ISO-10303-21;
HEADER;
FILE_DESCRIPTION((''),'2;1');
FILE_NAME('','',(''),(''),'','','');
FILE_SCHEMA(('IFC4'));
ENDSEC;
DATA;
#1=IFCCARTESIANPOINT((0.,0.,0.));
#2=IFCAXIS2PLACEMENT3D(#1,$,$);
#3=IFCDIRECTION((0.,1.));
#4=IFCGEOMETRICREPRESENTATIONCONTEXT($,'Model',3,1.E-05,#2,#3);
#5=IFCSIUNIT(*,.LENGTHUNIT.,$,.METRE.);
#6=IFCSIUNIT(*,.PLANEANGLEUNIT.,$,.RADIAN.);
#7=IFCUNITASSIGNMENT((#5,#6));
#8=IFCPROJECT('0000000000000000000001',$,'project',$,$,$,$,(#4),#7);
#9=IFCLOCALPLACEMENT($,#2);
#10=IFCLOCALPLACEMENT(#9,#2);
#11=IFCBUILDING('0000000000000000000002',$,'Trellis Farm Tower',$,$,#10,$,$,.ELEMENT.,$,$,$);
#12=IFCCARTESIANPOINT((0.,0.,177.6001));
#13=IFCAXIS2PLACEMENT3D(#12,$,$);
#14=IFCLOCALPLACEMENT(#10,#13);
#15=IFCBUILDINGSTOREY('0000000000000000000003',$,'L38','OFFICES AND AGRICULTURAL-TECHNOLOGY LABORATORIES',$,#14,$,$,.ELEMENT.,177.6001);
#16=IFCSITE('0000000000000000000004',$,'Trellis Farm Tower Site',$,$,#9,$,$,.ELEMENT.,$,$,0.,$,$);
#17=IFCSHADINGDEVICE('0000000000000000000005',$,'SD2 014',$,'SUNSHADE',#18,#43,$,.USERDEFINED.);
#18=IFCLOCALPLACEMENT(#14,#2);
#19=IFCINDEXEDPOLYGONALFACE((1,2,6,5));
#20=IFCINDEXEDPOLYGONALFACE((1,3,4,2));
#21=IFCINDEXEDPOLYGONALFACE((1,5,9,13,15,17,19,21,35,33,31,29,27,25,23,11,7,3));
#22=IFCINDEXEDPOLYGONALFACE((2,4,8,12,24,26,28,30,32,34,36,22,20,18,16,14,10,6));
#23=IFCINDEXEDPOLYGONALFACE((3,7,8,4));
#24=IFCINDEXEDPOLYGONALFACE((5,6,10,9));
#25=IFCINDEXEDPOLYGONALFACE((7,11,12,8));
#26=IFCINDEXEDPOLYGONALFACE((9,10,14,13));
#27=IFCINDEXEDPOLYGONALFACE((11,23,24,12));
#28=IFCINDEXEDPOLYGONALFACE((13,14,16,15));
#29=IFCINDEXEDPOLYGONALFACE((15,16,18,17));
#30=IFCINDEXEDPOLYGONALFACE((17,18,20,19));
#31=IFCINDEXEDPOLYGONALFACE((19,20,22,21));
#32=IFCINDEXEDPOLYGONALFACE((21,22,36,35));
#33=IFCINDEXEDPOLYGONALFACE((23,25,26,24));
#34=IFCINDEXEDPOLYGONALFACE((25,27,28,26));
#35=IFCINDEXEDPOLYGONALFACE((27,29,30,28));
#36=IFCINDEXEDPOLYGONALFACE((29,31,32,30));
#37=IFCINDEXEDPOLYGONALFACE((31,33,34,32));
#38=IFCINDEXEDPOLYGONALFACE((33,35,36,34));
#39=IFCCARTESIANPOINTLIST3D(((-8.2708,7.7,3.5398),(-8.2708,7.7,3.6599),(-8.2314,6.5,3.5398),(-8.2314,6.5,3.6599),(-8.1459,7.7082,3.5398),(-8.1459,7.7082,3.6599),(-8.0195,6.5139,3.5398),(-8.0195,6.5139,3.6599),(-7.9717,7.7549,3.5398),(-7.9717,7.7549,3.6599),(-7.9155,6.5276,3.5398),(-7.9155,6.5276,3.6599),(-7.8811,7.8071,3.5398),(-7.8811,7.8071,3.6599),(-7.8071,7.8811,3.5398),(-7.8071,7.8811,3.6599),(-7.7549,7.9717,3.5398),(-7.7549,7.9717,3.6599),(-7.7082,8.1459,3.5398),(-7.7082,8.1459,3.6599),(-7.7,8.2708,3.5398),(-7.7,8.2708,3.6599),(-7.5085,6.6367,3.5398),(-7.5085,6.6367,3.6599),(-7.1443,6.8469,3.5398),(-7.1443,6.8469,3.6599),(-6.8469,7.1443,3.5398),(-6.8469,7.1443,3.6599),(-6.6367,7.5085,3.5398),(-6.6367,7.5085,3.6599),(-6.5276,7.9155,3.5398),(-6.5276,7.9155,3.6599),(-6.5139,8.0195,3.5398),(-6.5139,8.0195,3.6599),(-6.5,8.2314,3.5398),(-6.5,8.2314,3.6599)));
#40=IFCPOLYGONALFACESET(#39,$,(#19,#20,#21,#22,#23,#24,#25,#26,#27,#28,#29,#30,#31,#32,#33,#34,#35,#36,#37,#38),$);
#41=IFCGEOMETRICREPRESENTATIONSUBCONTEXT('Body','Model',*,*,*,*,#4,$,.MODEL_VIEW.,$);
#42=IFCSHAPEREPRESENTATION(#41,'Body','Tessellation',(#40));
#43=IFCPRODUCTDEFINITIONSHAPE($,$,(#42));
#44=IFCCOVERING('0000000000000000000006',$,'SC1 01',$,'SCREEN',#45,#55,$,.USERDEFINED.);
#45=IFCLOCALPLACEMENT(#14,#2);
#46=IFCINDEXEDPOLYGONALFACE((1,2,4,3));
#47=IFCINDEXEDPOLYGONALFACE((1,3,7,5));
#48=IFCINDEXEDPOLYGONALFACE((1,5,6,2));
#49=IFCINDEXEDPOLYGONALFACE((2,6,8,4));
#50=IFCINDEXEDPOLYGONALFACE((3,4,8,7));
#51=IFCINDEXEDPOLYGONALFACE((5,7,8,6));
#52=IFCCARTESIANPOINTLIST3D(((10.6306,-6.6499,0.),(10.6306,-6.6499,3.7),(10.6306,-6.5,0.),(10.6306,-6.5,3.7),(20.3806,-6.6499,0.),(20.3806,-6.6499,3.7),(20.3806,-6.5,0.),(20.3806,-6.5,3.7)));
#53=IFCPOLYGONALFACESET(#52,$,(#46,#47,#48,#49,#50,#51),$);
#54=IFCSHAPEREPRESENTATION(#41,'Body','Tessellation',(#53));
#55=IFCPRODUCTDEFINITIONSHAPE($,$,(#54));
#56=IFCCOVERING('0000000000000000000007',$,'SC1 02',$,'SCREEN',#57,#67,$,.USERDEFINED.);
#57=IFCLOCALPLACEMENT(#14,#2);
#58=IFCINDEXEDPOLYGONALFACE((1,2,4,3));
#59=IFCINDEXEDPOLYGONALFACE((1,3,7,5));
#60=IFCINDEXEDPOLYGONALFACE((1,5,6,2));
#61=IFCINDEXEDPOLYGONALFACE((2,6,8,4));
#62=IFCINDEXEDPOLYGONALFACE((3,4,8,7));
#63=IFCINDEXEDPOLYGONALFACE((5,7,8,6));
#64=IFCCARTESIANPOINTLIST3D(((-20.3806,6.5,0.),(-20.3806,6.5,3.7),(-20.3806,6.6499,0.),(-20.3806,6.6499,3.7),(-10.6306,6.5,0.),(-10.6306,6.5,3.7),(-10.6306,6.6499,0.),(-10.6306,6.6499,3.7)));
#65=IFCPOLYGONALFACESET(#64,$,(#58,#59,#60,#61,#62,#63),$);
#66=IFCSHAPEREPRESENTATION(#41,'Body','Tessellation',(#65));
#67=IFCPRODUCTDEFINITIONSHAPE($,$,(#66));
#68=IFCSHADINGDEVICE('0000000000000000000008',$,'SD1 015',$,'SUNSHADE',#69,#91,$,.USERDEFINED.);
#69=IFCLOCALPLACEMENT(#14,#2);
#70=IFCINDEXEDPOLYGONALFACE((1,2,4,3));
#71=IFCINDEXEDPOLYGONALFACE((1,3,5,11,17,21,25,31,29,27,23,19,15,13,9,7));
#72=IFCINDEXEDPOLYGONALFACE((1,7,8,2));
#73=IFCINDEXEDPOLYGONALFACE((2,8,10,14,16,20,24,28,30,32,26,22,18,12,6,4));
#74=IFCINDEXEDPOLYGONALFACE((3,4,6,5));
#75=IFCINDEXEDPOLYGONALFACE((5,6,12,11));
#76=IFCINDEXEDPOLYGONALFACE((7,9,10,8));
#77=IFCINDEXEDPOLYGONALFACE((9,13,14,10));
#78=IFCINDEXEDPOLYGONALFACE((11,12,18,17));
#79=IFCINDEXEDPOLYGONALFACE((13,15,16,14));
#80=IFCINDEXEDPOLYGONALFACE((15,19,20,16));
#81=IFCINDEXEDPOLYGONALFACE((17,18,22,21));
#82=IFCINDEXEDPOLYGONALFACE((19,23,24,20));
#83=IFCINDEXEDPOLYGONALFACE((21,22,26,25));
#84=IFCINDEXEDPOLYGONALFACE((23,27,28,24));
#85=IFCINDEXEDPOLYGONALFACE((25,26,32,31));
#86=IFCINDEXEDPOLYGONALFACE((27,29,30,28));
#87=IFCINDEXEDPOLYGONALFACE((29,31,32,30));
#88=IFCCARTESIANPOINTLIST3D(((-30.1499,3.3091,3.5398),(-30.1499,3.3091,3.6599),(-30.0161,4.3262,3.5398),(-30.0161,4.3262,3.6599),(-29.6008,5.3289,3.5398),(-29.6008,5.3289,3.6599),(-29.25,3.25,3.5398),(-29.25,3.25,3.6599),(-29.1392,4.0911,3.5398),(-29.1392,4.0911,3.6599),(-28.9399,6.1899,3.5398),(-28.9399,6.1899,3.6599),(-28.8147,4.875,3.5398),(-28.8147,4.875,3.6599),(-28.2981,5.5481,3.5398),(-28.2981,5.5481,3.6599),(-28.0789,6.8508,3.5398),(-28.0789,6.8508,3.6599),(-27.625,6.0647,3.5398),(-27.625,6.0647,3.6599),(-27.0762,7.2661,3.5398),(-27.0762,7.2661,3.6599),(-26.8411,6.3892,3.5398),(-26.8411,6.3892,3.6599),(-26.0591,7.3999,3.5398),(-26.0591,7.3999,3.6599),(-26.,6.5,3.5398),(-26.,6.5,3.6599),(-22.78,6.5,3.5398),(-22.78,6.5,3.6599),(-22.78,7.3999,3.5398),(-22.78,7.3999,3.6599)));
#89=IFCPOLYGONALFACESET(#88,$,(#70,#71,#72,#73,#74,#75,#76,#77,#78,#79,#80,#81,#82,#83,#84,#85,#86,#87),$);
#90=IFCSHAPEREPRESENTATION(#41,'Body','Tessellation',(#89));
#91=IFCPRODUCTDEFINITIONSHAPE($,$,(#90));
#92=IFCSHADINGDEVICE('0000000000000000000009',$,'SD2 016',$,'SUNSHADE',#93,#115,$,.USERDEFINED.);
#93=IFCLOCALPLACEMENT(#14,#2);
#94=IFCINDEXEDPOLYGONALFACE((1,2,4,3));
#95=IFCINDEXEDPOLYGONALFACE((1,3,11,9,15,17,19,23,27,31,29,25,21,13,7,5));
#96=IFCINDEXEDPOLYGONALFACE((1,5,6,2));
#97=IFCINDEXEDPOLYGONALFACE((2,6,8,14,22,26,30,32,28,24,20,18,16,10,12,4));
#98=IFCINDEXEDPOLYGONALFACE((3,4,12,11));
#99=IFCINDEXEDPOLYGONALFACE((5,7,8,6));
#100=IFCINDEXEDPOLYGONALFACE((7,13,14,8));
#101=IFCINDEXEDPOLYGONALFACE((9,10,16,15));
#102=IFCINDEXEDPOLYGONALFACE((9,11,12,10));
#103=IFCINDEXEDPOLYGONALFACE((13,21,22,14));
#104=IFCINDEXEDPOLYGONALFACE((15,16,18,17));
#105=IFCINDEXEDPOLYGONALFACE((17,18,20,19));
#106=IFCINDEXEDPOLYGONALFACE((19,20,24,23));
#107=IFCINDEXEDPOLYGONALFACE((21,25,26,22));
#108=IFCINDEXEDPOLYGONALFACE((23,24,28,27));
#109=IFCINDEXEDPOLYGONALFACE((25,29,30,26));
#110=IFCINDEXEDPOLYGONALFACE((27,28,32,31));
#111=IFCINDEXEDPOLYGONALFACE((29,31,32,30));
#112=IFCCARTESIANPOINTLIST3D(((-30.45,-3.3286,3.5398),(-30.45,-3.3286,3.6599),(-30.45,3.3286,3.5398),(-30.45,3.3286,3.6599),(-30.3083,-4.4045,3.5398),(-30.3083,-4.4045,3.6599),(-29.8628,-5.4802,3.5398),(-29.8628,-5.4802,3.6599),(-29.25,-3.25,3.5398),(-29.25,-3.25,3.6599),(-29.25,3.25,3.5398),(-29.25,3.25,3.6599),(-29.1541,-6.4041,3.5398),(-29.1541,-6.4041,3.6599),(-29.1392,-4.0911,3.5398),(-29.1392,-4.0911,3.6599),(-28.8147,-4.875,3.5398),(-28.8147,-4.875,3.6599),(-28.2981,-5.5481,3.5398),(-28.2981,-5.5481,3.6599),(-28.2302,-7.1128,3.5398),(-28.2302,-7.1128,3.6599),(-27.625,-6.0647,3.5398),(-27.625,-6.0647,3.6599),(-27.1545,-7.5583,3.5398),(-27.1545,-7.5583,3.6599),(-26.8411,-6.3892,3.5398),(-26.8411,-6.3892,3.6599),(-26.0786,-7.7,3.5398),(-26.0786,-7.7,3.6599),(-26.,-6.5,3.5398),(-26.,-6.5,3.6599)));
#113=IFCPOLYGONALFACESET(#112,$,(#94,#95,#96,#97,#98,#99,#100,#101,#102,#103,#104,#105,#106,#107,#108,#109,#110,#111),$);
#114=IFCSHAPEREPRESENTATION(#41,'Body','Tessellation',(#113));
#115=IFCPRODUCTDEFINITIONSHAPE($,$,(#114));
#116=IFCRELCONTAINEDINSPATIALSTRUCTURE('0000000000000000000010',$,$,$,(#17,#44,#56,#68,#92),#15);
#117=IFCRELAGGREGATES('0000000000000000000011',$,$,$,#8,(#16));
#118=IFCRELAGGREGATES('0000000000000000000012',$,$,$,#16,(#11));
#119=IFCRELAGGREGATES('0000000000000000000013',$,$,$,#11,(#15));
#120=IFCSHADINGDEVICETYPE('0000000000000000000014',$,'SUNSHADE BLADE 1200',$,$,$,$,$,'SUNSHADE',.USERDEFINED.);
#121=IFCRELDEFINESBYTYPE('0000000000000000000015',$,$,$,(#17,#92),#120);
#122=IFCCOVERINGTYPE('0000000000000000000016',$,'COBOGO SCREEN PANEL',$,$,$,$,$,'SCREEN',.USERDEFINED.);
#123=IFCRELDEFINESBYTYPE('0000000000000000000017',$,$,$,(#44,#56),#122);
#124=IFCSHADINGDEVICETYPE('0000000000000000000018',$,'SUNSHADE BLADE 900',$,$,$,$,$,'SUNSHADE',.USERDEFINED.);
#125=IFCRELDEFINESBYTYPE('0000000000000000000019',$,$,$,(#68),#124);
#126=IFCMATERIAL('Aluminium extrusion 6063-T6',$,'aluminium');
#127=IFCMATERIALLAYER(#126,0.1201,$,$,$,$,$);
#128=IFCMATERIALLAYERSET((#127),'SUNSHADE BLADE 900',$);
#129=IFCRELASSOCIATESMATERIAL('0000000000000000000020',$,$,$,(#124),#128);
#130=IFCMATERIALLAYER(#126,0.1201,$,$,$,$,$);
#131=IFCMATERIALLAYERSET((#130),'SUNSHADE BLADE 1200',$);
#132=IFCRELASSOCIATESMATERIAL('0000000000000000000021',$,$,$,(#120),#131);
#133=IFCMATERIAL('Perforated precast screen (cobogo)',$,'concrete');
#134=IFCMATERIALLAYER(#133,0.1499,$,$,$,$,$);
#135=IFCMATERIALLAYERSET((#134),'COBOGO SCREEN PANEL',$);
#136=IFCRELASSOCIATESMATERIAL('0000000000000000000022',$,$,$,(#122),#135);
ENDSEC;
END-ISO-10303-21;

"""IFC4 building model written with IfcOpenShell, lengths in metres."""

from ifc_helpers import new_model, si_unit, direction, frame, origin, place, context, subcontext, project, spatial, polyline, outline, extrude, source, transform, mapped, material, layer, layer_set, type_object, element, save


model = new_model("IFC4")

# Units and contexts
model_context = context("Model", 3, precision=1e-05, world=origin(), true_north=direction((0.0, 1.0)))
body_context = subcontext(model_context, "Body", "Model", "MODEL_VIEW")
ifc_project = project(units=[si_unit("LENGTHUNIT", "METRE"), si_unit("PLANEANGLEUNIT", "RADIAN")], contexts=[model_context])

# Site, building, storey
site_placement = place(None, origin())
site = spatial("IfcSite", under=ifc_project, at=site_placement, Name="Trellis Farm Tower Site", CompositionType="ELEMENT", RefElevation=0.0)
building_placement = place(site_placement, origin())
building = spatial("IfcBuilding", under=site, at=building_placement, Name="Trellis Farm Tower", CompositionType="ELEMENT")
storey_placement = place(building_placement, frame((0.0, 0.0, 177.6001)))
storey = spatial("IfcBuildingStorey", under=building, at=storey_placement, Name="L38", Description="OFFICES AND AGRICULTURAL-TECHNOLOGY LABORATORIES", CompositionType="ELEMENT", Elevation=177.6001)

# Shared definitions
placement_1 = place(storey_placement, origin())
ifc_material_1 = material(Name="Aluminium extrusion 6063-T6", Category="aluminium")

# Shading device
ifc_layer_1 = layer(ifc_material_1, 0.1201)
ifc_layer_set_1 = layer_set([ifc_layer_1], Name="SUNSHADE BLADE 900")
shading_device_type_1 = type_object("IfcShadingDeviceType", Name="SUNSHADE BLADE 900", ElementType="SUNSHADE", PredefinedType="USERDEFINED", material=ifc_layer_set_1)
placement_2 = place(storey_placement, frame((0.0, 0.0, 3.5398)))
ifc_layer_2 = layer(ifc_material_1, 0.1201)
ifc_layer_set_2 = layer_set([ifc_layer_2], Name="SUNSHADE BLADE 1200")
shading_device_type_2 = type_object("IfcShadingDeviceType", Name="SUNSHADE BLADE 1200", ElementType="SUNSHADE", PredefinedType="USERDEFINED", material=ifc_layer_set_2)
shared_shape_1 = source(origin(), body_context, "Body", "SweptSolid", [
    extrude(outline(polyline([(-7.7, 8.2708), (-7.7087, 8.1372), (-7.707, 8.1501), (-7.7549, 7.9717), (-7.8071, 7.8811), (-7.8811, 7.8071), (-7.9717, 7.7549), (-8.1501, 7.707), (-8.1372, 7.7087), (-8.2708, 7.7), (-8.2314, 6.5), (-8.0195, 6.5139), (-7.9155, 6.5276), (-7.5085, 6.6367), (-7.1443, 6.8469), (-6.8469, 7.1443), (-6.6367, 7.5085), (-6.5276, 7.9155), (-6.5139, 8.0195), (-6.5, 8.2314), (-7.7, 8.2708)])), origin(), (0.0, 0.0, 1.0), 0.1201),
])
element("IfcShadingDevice", 1, at=placement_2, inside=storey, type_object=shading_device_type_2, Name="SD2 014", ObjectType="SUNSHADE", PredefinedType="USERDEFINED", context=body_context, shape_type="MappedRepresentation", body=[
    mapped(shared_shape_1, transform((0.0, 0.0, 0.0))),
])

# Coverings
ifc_material_2 = material(Name="Perforated precast screen (cobogo)", Category="concrete")
ifc_layer_3 = layer(ifc_material_2, 0.1499)
ifc_layer_set_3 = layer_set([ifc_layer_3], Name="COBOGO SCREEN PANEL")
covering_type = type_object("IfcCoveringType", Name="COBOGO SCREEN PANEL", ElementType="SCREEN", PredefinedType="USERDEFINED", material=ifc_layer_set_3)
shared_shape_2 = source(origin(), body_context, "Body", "SweptSolid", [
    extrude(outline(polyline([(10.6306, -6.6499), (20.3806, -6.6499), (20.3806, -6.5), (10.6306, -6.5), (10.6306, -6.6499)])), origin(), (0.0, 0.0, 1.0), 3.7),
])
element("IfcCovering", 2, at=placement_1, inside=storey, type_object=covering_type, Name="SC1 01", ObjectType="SCREEN", PredefinedType="USERDEFINED", context=body_context, shape_type="MappedRepresentation", body=[
    mapped(shared_shape_2, transform((0.0, 0.0, 0.0))),
])
shared_shape_3 = source(origin(), body_context, "Body", "SweptSolid", [
    extrude(outline(polyline([(-10.6306, 6.6499), (-20.3806, 6.6499), (-20.3806, 6.5), (-10.6306, 6.5), (-10.6306, 6.6499)])), origin(), (0.0, 0.0, 1.0), 3.7),
])
element("IfcCovering", 3, at=placement_1, inside=storey, type_object=covering_type, Name="SC1 02", ObjectType="SCREEN", PredefinedType="USERDEFINED", context=body_context, shape_type="MappedRepresentation", body=[
    mapped(shared_shape_3, transform((0.0, 0.0, 0.0))),
])

# Shading devices
shared_shape_4 = source(origin(), body_context, "Body", "SweptSolid", [
    extrude(outline(polyline([(-22.78, 7.3999), (-26.0591, 7.3999), (-27.0762, 7.2661), (-28.0789, 6.8508), (-28.9399, 6.1899), (-29.6008, 5.3289), (-30.0161, 4.3262), (-30.1499, 3.3091), (-29.25, 3.25), (-29.1392, 4.0911), (-28.8147, 4.875), (-28.2981, 5.5481), (-27.625, 6.0647), (-26.8411, 6.3892), (-26.0, 6.5), (-22.78, 6.5), (-22.78, 7.3999)])), origin(), (0.0, 0.0, 1.0), 0.1201),
])
element("IfcShadingDevice", 4, at=placement_2, inside=storey, type_object=shading_device_type_1, Name="SD1 015", ObjectType="SUNSHADE", PredefinedType="USERDEFINED", context=body_context, shape_type="MappedRepresentation", body=[
    mapped(shared_shape_4, transform((0.0, 0.0, 0.0))),
])
shared_shape_5 = source(origin(), body_context, "Body", "SweptSolid", [
    extrude(outline(polyline([(-30.45, 3.3286), (-30.45, -3.3286), (-30.3083, -4.4045), (-29.8628, -5.4802), (-29.1541, -6.4041), (-28.2302, -7.1128), (-27.1545, -7.5583), (-26.0786, -7.7), (-26.0, -6.5), (-26.8411, -6.3892), (-27.625, -6.0647), (-28.2981, -5.5481), (-28.8147, -4.875), (-29.1392, -4.0911), (-29.25, -3.25), (-29.25, 3.25), (-30.45, 3.3286)])), origin(), (0.0, 0.0, 1.0), 0.1201),
])
element("IfcShadingDevice", 5, at=placement_2, inside=storey, type_object=shading_device_type_2, Name="SD2 016", ObjectType="SUNSHADE", PredefinedType="USERDEFINED", context=body_context, shape_type="MappedRepresentation", body=[
    mapped(shared_shape_5, transform((0.0, 0.0, 0.0))),
])

save(model, "model.ifc")
